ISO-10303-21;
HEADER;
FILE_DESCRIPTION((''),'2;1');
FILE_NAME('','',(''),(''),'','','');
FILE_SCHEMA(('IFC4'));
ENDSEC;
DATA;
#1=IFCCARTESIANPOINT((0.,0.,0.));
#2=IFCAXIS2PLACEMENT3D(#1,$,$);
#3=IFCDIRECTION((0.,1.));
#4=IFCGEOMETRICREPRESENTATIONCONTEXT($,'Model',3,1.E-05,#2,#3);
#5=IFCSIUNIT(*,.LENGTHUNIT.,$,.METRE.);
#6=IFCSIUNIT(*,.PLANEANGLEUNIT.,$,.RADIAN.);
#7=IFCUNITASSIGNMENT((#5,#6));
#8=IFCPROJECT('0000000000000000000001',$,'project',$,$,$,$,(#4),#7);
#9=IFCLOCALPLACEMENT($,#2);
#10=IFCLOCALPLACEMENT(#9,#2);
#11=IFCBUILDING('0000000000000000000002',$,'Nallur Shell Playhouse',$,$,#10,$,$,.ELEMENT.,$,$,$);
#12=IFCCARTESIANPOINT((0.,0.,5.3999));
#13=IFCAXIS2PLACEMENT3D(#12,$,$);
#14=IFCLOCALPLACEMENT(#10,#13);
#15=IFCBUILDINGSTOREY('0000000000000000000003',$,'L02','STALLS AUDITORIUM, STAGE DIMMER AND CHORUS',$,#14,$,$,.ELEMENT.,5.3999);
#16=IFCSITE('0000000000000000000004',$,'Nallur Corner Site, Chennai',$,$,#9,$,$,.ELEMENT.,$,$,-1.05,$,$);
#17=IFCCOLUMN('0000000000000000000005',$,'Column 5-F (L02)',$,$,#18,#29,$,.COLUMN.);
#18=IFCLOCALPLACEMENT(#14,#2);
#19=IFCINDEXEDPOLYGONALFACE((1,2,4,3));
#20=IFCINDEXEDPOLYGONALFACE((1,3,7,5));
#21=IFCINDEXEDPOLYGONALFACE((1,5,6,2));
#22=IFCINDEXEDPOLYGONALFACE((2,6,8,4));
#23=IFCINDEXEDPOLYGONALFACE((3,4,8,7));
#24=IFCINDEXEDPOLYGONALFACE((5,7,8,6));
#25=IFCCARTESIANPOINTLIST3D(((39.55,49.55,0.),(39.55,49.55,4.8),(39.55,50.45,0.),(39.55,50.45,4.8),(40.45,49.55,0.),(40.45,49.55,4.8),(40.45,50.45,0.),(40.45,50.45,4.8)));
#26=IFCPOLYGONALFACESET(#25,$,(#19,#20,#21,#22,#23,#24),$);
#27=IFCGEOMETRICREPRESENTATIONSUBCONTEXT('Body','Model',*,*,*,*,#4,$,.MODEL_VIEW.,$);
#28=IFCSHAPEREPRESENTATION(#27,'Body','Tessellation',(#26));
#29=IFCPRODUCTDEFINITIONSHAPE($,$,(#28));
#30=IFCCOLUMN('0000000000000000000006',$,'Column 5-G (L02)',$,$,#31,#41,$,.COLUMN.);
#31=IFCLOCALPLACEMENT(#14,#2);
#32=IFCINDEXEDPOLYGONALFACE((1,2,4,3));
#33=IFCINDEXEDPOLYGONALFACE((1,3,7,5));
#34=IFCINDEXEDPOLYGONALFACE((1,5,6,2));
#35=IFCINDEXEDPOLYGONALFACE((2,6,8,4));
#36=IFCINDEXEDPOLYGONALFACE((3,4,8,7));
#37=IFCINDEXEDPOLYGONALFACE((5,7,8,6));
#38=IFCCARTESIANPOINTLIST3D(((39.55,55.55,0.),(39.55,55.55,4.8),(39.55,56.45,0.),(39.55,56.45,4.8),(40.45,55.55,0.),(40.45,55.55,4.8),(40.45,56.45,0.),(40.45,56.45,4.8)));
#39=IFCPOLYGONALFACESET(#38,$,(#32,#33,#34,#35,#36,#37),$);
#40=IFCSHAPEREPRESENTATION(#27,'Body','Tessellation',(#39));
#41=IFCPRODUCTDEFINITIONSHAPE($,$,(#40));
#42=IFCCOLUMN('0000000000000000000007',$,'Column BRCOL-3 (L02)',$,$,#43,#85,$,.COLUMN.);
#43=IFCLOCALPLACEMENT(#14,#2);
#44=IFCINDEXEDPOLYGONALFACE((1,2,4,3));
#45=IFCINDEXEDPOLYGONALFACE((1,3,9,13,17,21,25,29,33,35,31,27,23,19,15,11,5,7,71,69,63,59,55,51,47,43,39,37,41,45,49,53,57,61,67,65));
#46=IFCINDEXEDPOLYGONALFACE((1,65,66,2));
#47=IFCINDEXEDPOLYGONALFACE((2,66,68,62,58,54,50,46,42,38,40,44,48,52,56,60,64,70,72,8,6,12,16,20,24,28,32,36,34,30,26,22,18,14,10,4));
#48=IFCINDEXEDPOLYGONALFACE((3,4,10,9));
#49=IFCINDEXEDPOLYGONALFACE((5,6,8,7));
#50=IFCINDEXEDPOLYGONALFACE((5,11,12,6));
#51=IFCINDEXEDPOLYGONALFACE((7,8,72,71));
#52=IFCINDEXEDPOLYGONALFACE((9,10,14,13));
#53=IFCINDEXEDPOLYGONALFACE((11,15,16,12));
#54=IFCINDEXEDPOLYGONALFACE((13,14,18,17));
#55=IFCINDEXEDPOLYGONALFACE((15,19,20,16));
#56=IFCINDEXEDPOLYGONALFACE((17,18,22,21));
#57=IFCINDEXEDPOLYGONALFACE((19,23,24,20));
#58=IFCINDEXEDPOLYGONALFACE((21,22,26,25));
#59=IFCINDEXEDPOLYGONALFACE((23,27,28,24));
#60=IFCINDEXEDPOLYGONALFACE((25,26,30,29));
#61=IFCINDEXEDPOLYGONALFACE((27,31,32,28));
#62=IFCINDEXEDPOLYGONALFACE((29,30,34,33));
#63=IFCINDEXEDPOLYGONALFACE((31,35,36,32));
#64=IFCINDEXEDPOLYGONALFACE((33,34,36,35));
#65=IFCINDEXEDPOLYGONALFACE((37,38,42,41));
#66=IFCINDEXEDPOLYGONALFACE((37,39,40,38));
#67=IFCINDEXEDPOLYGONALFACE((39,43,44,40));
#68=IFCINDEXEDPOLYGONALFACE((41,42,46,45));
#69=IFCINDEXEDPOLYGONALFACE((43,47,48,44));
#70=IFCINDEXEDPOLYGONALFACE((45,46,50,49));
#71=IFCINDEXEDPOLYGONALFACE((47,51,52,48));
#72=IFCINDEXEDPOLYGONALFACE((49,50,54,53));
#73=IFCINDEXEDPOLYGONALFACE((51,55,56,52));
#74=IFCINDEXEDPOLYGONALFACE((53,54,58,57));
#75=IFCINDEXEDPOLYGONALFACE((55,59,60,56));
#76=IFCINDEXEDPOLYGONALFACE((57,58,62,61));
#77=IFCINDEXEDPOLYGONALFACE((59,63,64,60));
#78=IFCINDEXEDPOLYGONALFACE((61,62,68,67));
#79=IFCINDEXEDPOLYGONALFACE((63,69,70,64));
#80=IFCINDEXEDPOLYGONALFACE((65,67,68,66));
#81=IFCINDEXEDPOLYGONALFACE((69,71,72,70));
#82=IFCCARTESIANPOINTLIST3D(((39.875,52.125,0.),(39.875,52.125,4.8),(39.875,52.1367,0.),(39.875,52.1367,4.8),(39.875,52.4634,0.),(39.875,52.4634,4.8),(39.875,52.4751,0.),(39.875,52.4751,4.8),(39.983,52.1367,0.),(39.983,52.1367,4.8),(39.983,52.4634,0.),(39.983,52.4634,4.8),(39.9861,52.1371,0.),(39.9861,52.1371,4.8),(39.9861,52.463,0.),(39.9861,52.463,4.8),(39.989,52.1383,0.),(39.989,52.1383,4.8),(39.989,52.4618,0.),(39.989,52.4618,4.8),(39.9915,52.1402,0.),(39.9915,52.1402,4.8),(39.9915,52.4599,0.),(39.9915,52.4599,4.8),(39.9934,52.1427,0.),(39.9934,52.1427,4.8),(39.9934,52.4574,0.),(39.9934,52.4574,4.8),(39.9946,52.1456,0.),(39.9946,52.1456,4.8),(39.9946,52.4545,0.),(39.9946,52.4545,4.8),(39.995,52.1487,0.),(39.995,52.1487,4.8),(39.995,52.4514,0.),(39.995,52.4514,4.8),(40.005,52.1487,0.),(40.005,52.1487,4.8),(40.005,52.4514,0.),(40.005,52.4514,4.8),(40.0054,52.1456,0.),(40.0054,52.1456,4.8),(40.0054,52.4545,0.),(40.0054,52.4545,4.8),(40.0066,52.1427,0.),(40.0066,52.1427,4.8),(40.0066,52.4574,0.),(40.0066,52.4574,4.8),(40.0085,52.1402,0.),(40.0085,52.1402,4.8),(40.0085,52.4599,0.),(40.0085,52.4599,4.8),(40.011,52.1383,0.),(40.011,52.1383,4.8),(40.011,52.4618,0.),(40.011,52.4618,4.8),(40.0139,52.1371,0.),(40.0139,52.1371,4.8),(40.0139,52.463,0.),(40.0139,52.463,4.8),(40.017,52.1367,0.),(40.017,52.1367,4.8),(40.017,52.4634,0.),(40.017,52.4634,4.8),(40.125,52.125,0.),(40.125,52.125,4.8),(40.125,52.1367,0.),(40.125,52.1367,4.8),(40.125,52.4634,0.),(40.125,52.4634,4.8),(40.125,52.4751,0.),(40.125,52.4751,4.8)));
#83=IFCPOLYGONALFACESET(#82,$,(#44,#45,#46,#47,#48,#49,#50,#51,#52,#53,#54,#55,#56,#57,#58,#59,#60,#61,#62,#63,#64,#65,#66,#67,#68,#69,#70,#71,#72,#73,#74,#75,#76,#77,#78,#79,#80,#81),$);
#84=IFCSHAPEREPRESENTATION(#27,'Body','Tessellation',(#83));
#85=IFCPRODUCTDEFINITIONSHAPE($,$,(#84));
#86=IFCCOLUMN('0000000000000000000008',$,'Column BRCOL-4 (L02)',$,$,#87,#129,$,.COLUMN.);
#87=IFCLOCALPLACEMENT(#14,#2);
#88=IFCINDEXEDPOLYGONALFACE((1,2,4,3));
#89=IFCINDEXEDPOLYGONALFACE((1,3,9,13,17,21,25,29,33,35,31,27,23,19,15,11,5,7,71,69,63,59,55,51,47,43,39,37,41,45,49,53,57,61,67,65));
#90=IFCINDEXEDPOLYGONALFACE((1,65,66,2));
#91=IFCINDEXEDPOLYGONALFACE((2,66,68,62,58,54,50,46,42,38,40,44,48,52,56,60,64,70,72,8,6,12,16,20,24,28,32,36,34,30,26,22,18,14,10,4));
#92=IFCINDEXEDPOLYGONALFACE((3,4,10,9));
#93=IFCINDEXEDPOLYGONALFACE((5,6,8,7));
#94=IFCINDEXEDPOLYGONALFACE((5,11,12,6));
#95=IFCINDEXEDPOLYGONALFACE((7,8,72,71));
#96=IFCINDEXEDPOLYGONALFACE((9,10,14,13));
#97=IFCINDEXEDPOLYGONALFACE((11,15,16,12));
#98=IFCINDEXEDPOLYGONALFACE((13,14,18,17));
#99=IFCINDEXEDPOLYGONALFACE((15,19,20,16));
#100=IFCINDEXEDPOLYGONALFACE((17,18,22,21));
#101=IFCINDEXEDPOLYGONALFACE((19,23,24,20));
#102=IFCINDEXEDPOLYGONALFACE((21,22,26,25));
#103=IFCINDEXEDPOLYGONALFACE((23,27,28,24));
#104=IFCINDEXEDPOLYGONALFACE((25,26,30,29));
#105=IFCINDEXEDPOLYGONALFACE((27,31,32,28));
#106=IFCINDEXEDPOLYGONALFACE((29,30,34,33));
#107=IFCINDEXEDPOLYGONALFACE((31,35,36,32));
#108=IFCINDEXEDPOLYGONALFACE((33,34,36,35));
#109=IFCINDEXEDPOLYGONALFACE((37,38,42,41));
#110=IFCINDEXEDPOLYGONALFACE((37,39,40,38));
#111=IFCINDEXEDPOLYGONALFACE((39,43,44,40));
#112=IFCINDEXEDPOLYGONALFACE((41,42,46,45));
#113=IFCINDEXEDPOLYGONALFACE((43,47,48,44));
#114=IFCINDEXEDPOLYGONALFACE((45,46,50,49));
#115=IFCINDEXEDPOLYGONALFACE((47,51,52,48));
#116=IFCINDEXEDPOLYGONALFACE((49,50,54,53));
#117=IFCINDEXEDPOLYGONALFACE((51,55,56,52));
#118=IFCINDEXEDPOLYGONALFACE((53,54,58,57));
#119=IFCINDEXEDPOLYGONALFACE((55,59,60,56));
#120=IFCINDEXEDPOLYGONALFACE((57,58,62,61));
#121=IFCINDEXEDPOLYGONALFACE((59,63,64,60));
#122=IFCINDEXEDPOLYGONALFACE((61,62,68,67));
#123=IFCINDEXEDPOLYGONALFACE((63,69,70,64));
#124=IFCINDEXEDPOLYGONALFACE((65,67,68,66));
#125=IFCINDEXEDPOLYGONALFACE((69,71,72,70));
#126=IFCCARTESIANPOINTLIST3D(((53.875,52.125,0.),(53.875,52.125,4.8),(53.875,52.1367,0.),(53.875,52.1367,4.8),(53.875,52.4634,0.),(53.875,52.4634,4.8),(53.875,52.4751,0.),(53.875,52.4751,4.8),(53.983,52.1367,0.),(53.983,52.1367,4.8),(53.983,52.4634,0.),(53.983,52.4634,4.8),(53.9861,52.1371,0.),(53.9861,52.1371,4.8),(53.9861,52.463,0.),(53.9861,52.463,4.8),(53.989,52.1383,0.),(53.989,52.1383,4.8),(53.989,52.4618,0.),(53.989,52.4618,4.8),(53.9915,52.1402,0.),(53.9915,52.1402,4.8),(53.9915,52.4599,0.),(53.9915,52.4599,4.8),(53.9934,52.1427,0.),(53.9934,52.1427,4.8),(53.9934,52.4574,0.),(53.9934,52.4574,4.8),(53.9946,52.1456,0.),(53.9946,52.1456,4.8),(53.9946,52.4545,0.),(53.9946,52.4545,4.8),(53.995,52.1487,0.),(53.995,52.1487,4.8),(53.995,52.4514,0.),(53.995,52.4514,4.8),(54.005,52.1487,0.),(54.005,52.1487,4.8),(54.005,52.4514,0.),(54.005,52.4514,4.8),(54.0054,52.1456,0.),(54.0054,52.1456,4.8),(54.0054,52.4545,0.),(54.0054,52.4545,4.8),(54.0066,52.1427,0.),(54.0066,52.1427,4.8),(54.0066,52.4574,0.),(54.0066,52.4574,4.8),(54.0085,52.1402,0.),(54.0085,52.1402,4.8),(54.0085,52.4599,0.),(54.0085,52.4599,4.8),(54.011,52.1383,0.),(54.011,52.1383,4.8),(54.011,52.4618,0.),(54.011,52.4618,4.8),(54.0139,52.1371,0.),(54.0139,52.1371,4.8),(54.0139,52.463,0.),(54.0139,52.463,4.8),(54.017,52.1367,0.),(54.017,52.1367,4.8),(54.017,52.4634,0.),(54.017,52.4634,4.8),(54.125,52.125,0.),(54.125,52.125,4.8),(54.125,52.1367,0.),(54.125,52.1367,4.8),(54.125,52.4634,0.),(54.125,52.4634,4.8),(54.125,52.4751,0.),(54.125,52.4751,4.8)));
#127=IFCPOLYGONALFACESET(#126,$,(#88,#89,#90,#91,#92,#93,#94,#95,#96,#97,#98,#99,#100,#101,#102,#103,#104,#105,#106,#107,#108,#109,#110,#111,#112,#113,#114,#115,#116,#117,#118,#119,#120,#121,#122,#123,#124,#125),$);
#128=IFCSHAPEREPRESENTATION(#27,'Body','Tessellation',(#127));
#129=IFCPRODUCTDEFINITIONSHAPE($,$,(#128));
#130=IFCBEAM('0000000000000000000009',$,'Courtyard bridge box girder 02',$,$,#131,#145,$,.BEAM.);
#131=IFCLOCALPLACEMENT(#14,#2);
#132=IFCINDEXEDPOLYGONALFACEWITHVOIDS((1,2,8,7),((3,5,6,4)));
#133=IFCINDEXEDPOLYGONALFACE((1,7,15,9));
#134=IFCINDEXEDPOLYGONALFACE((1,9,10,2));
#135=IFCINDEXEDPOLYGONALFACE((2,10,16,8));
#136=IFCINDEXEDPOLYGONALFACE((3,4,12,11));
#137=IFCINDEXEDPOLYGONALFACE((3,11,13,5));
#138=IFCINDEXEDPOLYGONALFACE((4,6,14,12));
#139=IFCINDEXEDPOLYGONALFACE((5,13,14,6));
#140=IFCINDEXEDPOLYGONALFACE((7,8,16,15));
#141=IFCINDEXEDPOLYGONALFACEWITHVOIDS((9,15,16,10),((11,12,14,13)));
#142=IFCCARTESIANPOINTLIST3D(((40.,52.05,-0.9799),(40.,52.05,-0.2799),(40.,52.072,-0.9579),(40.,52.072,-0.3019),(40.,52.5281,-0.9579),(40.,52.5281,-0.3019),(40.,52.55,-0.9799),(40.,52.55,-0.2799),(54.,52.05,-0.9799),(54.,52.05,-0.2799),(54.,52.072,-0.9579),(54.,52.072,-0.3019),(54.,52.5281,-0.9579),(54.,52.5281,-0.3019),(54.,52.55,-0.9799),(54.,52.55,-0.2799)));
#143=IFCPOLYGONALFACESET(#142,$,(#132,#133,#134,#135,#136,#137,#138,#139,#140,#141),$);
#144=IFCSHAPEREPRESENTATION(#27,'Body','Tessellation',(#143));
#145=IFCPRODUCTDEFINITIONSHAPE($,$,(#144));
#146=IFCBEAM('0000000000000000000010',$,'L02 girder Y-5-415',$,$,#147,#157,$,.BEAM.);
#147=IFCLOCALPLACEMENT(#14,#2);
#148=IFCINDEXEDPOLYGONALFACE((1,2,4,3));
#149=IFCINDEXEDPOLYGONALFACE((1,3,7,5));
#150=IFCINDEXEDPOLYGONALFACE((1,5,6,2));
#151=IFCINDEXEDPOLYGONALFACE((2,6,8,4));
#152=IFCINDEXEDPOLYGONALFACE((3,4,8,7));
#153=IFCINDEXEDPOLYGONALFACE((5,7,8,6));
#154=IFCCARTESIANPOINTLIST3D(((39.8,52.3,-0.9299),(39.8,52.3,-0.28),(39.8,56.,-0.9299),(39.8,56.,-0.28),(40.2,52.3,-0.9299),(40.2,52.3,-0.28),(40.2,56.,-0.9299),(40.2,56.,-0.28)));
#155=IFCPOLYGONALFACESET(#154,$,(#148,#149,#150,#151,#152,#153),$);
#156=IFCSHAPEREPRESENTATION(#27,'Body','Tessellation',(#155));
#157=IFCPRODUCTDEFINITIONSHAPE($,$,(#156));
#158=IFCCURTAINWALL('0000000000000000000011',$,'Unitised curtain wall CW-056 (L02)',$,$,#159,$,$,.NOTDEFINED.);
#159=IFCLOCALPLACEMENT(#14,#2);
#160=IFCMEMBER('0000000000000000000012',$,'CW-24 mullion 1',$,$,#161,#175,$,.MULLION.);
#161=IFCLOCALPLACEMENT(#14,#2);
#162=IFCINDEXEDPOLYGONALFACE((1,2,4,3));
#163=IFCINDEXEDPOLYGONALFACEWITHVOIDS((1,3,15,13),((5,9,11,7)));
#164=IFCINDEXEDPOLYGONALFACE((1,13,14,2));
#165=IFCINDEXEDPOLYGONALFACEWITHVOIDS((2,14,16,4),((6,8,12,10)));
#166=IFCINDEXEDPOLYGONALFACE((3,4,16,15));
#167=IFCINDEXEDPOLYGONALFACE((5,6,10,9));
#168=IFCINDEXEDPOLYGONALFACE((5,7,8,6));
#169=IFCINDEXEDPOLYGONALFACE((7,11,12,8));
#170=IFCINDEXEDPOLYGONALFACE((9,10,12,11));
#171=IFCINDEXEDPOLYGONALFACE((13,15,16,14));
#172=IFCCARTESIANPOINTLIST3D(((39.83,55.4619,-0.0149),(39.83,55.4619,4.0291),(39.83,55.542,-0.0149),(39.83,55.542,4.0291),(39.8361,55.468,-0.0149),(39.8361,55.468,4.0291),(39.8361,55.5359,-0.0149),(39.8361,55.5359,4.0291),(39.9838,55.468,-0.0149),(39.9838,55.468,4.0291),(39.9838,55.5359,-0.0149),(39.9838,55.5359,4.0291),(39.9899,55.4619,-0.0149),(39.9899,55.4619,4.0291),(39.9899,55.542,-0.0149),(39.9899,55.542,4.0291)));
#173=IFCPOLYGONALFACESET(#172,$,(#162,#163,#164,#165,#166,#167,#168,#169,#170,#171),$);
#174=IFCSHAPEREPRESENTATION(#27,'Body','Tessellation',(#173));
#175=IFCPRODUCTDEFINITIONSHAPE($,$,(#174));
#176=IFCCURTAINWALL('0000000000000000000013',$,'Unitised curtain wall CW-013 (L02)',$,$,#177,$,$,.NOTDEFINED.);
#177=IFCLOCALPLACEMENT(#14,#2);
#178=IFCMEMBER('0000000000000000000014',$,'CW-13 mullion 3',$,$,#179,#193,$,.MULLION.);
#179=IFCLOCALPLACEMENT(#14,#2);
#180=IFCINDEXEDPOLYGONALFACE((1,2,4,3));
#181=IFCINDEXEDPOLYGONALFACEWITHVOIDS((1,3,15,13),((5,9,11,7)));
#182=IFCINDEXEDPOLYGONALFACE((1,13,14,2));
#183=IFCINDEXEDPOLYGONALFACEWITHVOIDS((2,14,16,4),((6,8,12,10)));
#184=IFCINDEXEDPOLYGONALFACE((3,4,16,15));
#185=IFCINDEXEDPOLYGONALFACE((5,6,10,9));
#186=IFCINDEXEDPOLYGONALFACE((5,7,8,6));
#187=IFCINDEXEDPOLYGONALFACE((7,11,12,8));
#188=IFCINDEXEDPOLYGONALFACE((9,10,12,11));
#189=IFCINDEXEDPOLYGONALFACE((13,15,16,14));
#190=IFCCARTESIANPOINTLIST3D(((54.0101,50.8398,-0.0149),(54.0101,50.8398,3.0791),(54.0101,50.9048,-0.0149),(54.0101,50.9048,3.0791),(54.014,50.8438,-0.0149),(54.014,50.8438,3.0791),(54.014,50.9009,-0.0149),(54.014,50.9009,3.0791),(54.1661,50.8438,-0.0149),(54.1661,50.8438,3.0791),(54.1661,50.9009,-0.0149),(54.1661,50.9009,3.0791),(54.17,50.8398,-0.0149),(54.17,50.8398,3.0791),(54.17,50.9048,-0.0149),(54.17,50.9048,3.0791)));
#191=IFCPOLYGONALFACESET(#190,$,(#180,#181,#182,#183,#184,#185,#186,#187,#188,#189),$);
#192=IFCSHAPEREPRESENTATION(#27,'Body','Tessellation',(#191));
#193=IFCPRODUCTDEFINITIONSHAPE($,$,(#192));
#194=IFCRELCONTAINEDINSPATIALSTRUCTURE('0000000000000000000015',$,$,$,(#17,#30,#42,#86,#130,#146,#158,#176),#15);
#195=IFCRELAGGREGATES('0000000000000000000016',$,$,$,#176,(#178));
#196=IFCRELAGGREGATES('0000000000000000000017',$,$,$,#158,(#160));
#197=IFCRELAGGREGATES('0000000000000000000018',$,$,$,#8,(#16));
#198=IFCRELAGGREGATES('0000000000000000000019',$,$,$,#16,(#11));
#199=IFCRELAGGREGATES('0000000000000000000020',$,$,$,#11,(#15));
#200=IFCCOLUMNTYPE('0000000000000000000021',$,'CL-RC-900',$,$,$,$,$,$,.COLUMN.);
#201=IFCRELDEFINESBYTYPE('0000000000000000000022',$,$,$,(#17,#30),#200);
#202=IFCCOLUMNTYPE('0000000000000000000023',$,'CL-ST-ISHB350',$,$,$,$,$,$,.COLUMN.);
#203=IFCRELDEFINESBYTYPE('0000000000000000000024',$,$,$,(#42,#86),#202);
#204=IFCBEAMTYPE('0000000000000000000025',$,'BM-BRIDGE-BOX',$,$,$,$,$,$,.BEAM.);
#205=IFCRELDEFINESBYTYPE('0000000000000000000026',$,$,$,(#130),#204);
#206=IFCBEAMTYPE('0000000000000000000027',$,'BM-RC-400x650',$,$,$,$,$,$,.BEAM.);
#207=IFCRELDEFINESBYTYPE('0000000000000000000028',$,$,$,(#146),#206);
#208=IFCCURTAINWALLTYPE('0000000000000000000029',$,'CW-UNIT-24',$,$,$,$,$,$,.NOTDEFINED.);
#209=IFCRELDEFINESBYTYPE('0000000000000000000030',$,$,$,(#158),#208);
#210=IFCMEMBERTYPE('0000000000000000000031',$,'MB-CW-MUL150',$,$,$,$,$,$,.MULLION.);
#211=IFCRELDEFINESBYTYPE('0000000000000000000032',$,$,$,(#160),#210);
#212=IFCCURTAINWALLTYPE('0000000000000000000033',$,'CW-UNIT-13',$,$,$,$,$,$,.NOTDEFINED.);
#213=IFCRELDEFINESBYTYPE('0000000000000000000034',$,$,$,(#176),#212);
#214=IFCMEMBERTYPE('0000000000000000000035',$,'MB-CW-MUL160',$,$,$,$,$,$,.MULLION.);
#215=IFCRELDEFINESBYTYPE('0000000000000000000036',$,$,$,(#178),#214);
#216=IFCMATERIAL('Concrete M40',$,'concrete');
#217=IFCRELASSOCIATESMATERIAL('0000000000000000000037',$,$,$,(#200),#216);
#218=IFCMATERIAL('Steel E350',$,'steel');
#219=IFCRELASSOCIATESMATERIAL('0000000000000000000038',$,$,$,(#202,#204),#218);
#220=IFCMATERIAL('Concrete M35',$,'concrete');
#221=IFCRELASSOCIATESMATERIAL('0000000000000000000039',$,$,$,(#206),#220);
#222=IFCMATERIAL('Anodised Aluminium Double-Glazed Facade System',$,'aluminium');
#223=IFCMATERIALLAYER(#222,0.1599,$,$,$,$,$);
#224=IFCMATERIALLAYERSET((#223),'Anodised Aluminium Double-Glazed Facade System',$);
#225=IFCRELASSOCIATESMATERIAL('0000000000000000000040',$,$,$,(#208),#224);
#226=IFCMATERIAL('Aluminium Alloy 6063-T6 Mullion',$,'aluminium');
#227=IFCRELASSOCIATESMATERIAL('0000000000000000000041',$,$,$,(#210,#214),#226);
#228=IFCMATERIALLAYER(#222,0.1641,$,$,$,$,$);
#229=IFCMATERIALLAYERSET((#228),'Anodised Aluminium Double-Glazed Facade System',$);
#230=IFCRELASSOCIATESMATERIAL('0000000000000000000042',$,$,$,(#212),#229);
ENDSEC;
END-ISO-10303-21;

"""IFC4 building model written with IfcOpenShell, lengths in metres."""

from ifc_helpers import new_model, si_unit, direction, frame, origin, origin_2d, place, context, subcontext, project, spatial, rectangle, hollow_rectangle, i_section, extrude, material, layer, layer_set, material_profile, profile_set, type_object, element, aggregate, save


model = new_model("IFC4")

# Units and contexts
model_context = context("Model", 3, precision=1e-05, world=origin(), true_north=direction((0.0, 1.0)))
body_context = subcontext(model_context, "Body", "Model", "MODEL_VIEW")
ifc_project = project(units=[si_unit("LENGTHUNIT", "METRE"), si_unit("PLANEANGLEUNIT", "RADIAN")], contexts=[model_context])

# Site, building, storey
site_placement = place(None, origin())
site = spatial("IfcSite", under=ifc_project, at=site_placement, Name="Nallur Corner Site, Chennai", CompositionType="ELEMENT", RefElevation=-1.05)
building_placement = place(site_placement, origin())
building = spatial("IfcBuilding", under=site, at=building_placement, Name="Nallur Shell Playhouse", CompositionType="ELEMENT")
storey_placement = place(building_placement, frame((0.0, 0.0, 5.3999)))
storey = spatial("IfcBuildingStorey", under=building, at=storey_placement, Name="L02", Description="STALLS AUDITORIUM, STAGE DIMMER AND CHORUS", CompositionType="ELEMENT", Elevation=5.3999)

# Columns
ifc_material_1 = material(Name="Concrete M40", Category="concrete")
ifc_material_profile_1 = material_profile(ifc_material_1, rectangle(XDim=0.8999, YDim=0.8999, at=origin_2d()), Name="RC 900x900")
ifc_profile_set_1 = profile_set([ifc_material_profile_1], Name="Concrete M40")
column_type_1 = type_object("IfcColumnType", Name="CL-RC-900", PredefinedType="COLUMN", material=ifc_profile_set_1)
for number, where, z_axis, x_axis, name in (
    (1, (40.0, 50.0, 0.0), (0.0, 0.0, 1.0), (1.0, 0.0, 0.0), "Column 5-F (L02)"),
    (2, (40.0, 56.0, 0.0), (0.0, 0.0, 1.0), (1.0, 0.0, 0.0), "Column 5-G (L02)"),
):
    element("IfcColumn", number, at=place(storey_placement, frame(where, z_axis=z_axis, x_axis=x_axis)), inside=storey, type_object=column_type_1, Name=name, PredefinedType="COLUMN", context=body_context, shape_type="SweptSolid", body=[
        extrude(rectangle(XDim=0.8999, YDim=0.8999, at=origin_2d()), origin(), (0.0, 0.0, 1.0), 4.8),
    ])
ifc_material_2 = material(Name="Steel E350", Category="steel")
ifc_material_profile_2 = material_profile(ifc_material_2, i_section(OverallWidth=0.25, OverallDepth=0.3501, WebThickness=0.01, FlangeThickness=0.0117, FilletRadius=0.012, at=origin_2d()), Name="ISHB 350")
ifc_profile_set_2 = profile_set([ifc_material_profile_2], Name="Steel E350")
column_type_2 = type_object("IfcColumnType", Name="CL-ST-ISHB350", PredefinedType="COLUMN", material=ifc_profile_set_2)
for number, where, z_axis, x_axis, name in (
    (3, (40.0, 52.3, 0.0), (0.0, 0.0, 1.0), (1.0, 0.0, 0.0), "Column BRCOL-3 (L02)"),
    (4, (54.0, 52.3, 0.0), (0.0, 0.0, 1.0), (1.0, 0.0, 0.0), "Column BRCOL-4 (L02)"),
):
    element("IfcColumn", number, at=place(storey_placement, frame(where, z_axis=z_axis, x_axis=x_axis)), inside=storey, type_object=column_type_2, Name=name, PredefinedType="COLUMN", context=body_context, shape_type="SweptSolid", body=[
        extrude(i_section(OverallWidth=0.25, OverallDepth=0.3501, WebThickness=0.01, FlangeThickness=0.0117, FilletRadius=0.012, at=origin_2d()), origin(), (0.0, 0.0, 1.0), 4.8),
    ])

# Beams
ifc_material_profile_3 = material_profile(ifc_material_2, hollow_rectangle(XDim=0.5, YDim=0.7, WallThickness=0.022, at=origin_2d()), Name="BOX 500x700x22")
ifc_profile_set_3 = profile_set([ifc_material_profile_3], Name="Steel E350")
beam_type_1 = type_object("IfcBeamType", Name="BM-BRIDGE-BOX", PredefinedType="BEAM", material=ifc_profile_set_3)
beam_1_placement = place(storey_placement, frame((40.0, 52.3, -0.6299), z_axis=(1.0, 0.0, 0.0), x_axis=(0.0, 1.0, 0.0)))
element("IfcBeam", 5, at=beam_1_placement, inside=storey, type_object=beam_type_1, Name="Courtyard bridge box girder 02", PredefinedType="BEAM", context=body_context, shape_type="SweptSolid", body=[
    extrude(hollow_rectangle(XDim=0.5, YDim=0.7, WallThickness=0.022, at=origin_2d()), origin(), (0.0, 0.0, 1.0), 14.0),
])
ifc_material_3 = material(Name="Concrete M35", Category="concrete")
ifc_material_profile_4 = material_profile(ifc_material_3, rectangle(XDim=0.3999, YDim=0.6499, at=origin_2d()), Name="RC 400x650")
ifc_profile_set_4 = profile_set([ifc_material_profile_4], Name="Concrete M35")
beam_type_2 = type_object("IfcBeamType", Name="BM-RC-400x650", PredefinedType="BEAM", material=ifc_profile_set_4)
beam_2_placement = place(storey_placement, frame((40.0, 52.3, -0.605), z_axis=(0.0, 1.0, 0.0), x_axis=(-1.0, 0.0, 0.0)))
element("IfcBeam", 6, at=beam_2_placement, inside=storey, type_object=beam_type_2, Name="L02 girder Y-5-415", PredefinedType="BEAM", context=body_context, shape_type="SweptSolid", body=[
    extrude(rectangle(XDim=0.3999, YDim=0.6499, at=origin_2d()), origin(), (0.0, 0.0, 1.0), 3.7),
])

# Curtain walls, members
ifc_material_4 = material(Name="Anodised Aluminium Double-Glazed Facade System", Category="aluminium")
ifc_layer_1 = layer(ifc_material_4, 0.1599)
ifc_layer_set_1 = layer_set([ifc_layer_1], Name="Anodised Aluminium Double-Glazed Facade System")
curtain_wall_type_1 = type_object("IfcCurtainWallType", Name="CW-UNIT-24", PredefinedType="NOTDEFINED", material=ifc_layer_set_1)
curtain_wall_1_placement = place(storey_placement, origin())
curtain_wall_1 = element("IfcCurtainWall", 7, at=curtain_wall_1_placement, inside=storey, type_object=curtain_wall_type_1, Name="Unitised curtain wall CW-056 (L02)", PredefinedType="NOTDEFINED")
ifc_material_5 = material(Name="Aluminium Alloy 6063-T6 Mullion", Category="aluminium")
ifc_material_profile_5 = material_profile(ifc_material_5, hollow_rectangle(XDim=0.0801, YDim=0.1599, WallThickness=0.0061, at=origin_2d()), Name="RHS 160x80x6")
ifc_profile_set_5 = profile_set([ifc_material_profile_5], Name="Aluminium Alloy 6063-T6 Mullion")
member_type_1 = type_object("IfcMemberType", Name="MB-CW-MUL150", PredefinedType="MULLION", material=ifc_profile_set_5)
member_1_placement = place(storey_placement, frame((39.9099, 55.502, -0.0149), z_axis=(0.0, 0.0, 1.0), x_axis=(0.0, -1.0, 0.0)))
member_1 = element("IfcMember", 8, at=member_1_placement, type_object=member_type_1, Name="CW-24 mullion 1", PredefinedType="MULLION", context=body_context, shape_type="SweptSolid", body=[
    extrude(hollow_rectangle(XDim=0.0801, YDim=0.1599, WallThickness=0.0061, at=origin_2d()), origin(), (0.0, 0.0, 1.0), 4.0439),
])
ifc_layer_2 = layer(ifc_material_4, 0.1641)
ifc_layer_set_2 = layer_set([ifc_layer_2], Name="Anodised Aluminium Double-Glazed Facade System")
curtain_wall_type_2 = type_object("IfcCurtainWallType", Name="CW-UNIT-13", PredefinedType="NOTDEFINED", material=ifc_layer_set_2)
curtain_wall_2_placement = place(storey_placement, origin())
curtain_wall_2 = element("IfcCurtainWall", 9, at=curtain_wall_2_placement, inside=storey, type_object=curtain_wall_type_2, Name="Unitised curtain wall CW-013 (L02)", PredefinedType="NOTDEFINED")
ifc_material_profile_6 = material_profile(ifc_material_5, hollow_rectangle(XDim=0.0649, YDim=0.1599, WallThickness=0.0039, at=origin_2d()), Name="ALU 65x160x4")
ifc_profile_set_6 = profile_set([ifc_material_profile_6], Name="Aluminium Alloy 6063-T6 Mullion")
member_type_2 = type_object("IfcMemberType", Name="MB-CW-MUL160", PredefinedType="MULLION", material=ifc_profile_set_6)
member_2_placement = place(storey_placement, frame((54.0901, 50.8723, -0.0149), z_axis=(0.0, 0.0, 1.0), x_axis=(0.0, 1.0, 0.0)))
member_2 = element("IfcMember", 10, at=member_2_placement, type_object=member_type_2, Name="CW-13 mullion 3", PredefinedType="MULLION", context=body_context, shape_type="SweptSolid", body=[
    extrude(hollow_rectangle(XDim=0.0649, YDim=0.1599, WallThickness=0.0039, at=origin_2d()), origin(), (0.0, 0.0, 1.0), 3.094),
])

aggregate(curtain_wall_2, [member_2])
aggregate(curtain_wall_1, [member_1])

save(model, "model.ifc")
